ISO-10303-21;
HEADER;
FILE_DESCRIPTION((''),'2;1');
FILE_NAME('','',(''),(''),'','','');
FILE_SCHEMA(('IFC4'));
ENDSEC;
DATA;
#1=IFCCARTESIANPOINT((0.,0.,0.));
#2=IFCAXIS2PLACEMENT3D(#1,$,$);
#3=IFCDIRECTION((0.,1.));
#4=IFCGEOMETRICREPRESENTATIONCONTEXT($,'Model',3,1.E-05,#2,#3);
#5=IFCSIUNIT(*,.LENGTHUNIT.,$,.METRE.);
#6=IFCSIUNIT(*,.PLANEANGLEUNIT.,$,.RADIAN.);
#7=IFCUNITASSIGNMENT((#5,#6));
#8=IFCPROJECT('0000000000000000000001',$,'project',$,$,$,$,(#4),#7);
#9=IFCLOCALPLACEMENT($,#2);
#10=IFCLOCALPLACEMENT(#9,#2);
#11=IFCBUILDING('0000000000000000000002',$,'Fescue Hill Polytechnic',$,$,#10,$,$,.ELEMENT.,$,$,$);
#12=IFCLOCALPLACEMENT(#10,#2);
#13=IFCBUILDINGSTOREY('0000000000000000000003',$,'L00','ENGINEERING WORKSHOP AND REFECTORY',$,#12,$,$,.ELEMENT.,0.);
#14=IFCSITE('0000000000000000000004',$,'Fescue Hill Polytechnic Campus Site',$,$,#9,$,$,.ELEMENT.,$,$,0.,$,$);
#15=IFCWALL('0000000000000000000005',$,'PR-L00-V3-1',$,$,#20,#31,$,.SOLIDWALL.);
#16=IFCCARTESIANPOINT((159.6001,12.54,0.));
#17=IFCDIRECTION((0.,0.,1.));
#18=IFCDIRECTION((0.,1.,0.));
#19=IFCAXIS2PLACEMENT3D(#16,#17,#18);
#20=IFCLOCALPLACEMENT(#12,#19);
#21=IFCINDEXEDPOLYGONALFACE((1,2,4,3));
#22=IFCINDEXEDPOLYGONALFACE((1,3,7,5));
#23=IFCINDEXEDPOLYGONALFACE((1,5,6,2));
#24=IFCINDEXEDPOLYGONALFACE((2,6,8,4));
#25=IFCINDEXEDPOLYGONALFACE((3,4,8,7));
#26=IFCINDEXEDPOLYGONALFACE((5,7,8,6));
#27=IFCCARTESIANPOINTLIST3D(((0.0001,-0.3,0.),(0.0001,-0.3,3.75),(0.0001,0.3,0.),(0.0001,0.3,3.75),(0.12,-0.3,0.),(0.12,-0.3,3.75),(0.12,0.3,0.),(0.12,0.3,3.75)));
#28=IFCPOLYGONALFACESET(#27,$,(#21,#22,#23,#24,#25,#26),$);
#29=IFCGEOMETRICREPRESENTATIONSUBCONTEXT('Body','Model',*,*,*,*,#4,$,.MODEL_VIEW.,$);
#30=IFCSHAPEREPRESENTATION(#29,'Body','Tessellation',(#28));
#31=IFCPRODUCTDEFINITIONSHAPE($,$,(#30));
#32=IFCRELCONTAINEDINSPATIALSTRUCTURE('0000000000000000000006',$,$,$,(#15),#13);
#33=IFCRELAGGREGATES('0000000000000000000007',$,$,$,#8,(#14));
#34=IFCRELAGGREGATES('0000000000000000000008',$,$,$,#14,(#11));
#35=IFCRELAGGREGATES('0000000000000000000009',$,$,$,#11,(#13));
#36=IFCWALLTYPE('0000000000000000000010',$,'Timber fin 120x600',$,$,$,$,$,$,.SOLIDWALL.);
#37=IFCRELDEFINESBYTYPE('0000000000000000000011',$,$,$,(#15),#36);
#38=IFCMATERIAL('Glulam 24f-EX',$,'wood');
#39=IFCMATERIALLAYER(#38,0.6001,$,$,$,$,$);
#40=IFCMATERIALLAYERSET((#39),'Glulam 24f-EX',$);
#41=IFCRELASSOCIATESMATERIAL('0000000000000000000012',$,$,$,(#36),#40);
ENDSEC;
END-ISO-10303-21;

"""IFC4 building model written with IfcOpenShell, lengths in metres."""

from ifc_helpers import new_model, si_unit, direction, frame, frame_2d, origin, place, context, subcontext, project, spatial, rectangle, extrude, material, layer, layer_set, type_object, element, save


model = new_model("IFC4")

# Units and contexts
model_context = context("Model", 3, precision=1e-05, world=origin(), true_north=direction((0.0, 1.0)))
body_context = subcontext(model_context, "Body", "Model", "MODEL_VIEW")
ifc_project = project(units=[si_unit("LENGTHUNIT", "METRE"), si_unit("PLANEANGLEUNIT", "RADIAN")], contexts=[model_context])

# Site, building, storey
site_placement = place(None, origin())
site = spatial("IfcSite", under=ifc_project, at=site_placement, Name="Fescue Hill Polytechnic Campus Site", CompositionType="ELEMENT", RefElevation=0.0)
building_placement = place(site_placement, origin())
building = spatial("IfcBuilding", under=site, at=building_placement, Name="Fescue Hill Polytechnic", CompositionType="ELEMENT")
storey_placement = place(building_placement, origin())
storey = spatial("IfcBuildingStorey", under=building, at=storey_placement, Name="L00", Description="ENGINEERING WORKSHOP AND REFECTORY", CompositionType="ELEMENT", Elevation=0.0)

# Wall
ifc_material_1 = material(Name="Glulam 24f-EX", Category="wood")
ifc_layer_1 = layer(ifc_material_1, 0.6001)
ifc_layer_set_1 = layer_set([ifc_layer_1], Name="Glulam 24f-EX")
wall_type_1 = type_object("IfcWallType", Name="Timber fin 120x600", PredefinedType="SOLIDWALL", material=ifc_layer_set_1)
wall_1_placement = place(storey_placement, frame((159.6001, 12.54, 0.0), z_axis=(0.0, 0.0, 1.0), x_axis=(0.0, 1.0, 0.0)))
element("IfcWall", 1, at=wall_1_placement, inside=storey, type_object=wall_type_1, Name="PR-L00-V3-1", PredefinedType="SOLIDWALL", context=body_context, shape_type="SweptSolid", body=[
    extrude(rectangle(XDim=0.1199, YDim=0.6001, at=frame_2d((0.0601, 0.0))), origin(), (0.0, 0.0, 1.0), 3.75),
])

save(model, "model.ifc")
